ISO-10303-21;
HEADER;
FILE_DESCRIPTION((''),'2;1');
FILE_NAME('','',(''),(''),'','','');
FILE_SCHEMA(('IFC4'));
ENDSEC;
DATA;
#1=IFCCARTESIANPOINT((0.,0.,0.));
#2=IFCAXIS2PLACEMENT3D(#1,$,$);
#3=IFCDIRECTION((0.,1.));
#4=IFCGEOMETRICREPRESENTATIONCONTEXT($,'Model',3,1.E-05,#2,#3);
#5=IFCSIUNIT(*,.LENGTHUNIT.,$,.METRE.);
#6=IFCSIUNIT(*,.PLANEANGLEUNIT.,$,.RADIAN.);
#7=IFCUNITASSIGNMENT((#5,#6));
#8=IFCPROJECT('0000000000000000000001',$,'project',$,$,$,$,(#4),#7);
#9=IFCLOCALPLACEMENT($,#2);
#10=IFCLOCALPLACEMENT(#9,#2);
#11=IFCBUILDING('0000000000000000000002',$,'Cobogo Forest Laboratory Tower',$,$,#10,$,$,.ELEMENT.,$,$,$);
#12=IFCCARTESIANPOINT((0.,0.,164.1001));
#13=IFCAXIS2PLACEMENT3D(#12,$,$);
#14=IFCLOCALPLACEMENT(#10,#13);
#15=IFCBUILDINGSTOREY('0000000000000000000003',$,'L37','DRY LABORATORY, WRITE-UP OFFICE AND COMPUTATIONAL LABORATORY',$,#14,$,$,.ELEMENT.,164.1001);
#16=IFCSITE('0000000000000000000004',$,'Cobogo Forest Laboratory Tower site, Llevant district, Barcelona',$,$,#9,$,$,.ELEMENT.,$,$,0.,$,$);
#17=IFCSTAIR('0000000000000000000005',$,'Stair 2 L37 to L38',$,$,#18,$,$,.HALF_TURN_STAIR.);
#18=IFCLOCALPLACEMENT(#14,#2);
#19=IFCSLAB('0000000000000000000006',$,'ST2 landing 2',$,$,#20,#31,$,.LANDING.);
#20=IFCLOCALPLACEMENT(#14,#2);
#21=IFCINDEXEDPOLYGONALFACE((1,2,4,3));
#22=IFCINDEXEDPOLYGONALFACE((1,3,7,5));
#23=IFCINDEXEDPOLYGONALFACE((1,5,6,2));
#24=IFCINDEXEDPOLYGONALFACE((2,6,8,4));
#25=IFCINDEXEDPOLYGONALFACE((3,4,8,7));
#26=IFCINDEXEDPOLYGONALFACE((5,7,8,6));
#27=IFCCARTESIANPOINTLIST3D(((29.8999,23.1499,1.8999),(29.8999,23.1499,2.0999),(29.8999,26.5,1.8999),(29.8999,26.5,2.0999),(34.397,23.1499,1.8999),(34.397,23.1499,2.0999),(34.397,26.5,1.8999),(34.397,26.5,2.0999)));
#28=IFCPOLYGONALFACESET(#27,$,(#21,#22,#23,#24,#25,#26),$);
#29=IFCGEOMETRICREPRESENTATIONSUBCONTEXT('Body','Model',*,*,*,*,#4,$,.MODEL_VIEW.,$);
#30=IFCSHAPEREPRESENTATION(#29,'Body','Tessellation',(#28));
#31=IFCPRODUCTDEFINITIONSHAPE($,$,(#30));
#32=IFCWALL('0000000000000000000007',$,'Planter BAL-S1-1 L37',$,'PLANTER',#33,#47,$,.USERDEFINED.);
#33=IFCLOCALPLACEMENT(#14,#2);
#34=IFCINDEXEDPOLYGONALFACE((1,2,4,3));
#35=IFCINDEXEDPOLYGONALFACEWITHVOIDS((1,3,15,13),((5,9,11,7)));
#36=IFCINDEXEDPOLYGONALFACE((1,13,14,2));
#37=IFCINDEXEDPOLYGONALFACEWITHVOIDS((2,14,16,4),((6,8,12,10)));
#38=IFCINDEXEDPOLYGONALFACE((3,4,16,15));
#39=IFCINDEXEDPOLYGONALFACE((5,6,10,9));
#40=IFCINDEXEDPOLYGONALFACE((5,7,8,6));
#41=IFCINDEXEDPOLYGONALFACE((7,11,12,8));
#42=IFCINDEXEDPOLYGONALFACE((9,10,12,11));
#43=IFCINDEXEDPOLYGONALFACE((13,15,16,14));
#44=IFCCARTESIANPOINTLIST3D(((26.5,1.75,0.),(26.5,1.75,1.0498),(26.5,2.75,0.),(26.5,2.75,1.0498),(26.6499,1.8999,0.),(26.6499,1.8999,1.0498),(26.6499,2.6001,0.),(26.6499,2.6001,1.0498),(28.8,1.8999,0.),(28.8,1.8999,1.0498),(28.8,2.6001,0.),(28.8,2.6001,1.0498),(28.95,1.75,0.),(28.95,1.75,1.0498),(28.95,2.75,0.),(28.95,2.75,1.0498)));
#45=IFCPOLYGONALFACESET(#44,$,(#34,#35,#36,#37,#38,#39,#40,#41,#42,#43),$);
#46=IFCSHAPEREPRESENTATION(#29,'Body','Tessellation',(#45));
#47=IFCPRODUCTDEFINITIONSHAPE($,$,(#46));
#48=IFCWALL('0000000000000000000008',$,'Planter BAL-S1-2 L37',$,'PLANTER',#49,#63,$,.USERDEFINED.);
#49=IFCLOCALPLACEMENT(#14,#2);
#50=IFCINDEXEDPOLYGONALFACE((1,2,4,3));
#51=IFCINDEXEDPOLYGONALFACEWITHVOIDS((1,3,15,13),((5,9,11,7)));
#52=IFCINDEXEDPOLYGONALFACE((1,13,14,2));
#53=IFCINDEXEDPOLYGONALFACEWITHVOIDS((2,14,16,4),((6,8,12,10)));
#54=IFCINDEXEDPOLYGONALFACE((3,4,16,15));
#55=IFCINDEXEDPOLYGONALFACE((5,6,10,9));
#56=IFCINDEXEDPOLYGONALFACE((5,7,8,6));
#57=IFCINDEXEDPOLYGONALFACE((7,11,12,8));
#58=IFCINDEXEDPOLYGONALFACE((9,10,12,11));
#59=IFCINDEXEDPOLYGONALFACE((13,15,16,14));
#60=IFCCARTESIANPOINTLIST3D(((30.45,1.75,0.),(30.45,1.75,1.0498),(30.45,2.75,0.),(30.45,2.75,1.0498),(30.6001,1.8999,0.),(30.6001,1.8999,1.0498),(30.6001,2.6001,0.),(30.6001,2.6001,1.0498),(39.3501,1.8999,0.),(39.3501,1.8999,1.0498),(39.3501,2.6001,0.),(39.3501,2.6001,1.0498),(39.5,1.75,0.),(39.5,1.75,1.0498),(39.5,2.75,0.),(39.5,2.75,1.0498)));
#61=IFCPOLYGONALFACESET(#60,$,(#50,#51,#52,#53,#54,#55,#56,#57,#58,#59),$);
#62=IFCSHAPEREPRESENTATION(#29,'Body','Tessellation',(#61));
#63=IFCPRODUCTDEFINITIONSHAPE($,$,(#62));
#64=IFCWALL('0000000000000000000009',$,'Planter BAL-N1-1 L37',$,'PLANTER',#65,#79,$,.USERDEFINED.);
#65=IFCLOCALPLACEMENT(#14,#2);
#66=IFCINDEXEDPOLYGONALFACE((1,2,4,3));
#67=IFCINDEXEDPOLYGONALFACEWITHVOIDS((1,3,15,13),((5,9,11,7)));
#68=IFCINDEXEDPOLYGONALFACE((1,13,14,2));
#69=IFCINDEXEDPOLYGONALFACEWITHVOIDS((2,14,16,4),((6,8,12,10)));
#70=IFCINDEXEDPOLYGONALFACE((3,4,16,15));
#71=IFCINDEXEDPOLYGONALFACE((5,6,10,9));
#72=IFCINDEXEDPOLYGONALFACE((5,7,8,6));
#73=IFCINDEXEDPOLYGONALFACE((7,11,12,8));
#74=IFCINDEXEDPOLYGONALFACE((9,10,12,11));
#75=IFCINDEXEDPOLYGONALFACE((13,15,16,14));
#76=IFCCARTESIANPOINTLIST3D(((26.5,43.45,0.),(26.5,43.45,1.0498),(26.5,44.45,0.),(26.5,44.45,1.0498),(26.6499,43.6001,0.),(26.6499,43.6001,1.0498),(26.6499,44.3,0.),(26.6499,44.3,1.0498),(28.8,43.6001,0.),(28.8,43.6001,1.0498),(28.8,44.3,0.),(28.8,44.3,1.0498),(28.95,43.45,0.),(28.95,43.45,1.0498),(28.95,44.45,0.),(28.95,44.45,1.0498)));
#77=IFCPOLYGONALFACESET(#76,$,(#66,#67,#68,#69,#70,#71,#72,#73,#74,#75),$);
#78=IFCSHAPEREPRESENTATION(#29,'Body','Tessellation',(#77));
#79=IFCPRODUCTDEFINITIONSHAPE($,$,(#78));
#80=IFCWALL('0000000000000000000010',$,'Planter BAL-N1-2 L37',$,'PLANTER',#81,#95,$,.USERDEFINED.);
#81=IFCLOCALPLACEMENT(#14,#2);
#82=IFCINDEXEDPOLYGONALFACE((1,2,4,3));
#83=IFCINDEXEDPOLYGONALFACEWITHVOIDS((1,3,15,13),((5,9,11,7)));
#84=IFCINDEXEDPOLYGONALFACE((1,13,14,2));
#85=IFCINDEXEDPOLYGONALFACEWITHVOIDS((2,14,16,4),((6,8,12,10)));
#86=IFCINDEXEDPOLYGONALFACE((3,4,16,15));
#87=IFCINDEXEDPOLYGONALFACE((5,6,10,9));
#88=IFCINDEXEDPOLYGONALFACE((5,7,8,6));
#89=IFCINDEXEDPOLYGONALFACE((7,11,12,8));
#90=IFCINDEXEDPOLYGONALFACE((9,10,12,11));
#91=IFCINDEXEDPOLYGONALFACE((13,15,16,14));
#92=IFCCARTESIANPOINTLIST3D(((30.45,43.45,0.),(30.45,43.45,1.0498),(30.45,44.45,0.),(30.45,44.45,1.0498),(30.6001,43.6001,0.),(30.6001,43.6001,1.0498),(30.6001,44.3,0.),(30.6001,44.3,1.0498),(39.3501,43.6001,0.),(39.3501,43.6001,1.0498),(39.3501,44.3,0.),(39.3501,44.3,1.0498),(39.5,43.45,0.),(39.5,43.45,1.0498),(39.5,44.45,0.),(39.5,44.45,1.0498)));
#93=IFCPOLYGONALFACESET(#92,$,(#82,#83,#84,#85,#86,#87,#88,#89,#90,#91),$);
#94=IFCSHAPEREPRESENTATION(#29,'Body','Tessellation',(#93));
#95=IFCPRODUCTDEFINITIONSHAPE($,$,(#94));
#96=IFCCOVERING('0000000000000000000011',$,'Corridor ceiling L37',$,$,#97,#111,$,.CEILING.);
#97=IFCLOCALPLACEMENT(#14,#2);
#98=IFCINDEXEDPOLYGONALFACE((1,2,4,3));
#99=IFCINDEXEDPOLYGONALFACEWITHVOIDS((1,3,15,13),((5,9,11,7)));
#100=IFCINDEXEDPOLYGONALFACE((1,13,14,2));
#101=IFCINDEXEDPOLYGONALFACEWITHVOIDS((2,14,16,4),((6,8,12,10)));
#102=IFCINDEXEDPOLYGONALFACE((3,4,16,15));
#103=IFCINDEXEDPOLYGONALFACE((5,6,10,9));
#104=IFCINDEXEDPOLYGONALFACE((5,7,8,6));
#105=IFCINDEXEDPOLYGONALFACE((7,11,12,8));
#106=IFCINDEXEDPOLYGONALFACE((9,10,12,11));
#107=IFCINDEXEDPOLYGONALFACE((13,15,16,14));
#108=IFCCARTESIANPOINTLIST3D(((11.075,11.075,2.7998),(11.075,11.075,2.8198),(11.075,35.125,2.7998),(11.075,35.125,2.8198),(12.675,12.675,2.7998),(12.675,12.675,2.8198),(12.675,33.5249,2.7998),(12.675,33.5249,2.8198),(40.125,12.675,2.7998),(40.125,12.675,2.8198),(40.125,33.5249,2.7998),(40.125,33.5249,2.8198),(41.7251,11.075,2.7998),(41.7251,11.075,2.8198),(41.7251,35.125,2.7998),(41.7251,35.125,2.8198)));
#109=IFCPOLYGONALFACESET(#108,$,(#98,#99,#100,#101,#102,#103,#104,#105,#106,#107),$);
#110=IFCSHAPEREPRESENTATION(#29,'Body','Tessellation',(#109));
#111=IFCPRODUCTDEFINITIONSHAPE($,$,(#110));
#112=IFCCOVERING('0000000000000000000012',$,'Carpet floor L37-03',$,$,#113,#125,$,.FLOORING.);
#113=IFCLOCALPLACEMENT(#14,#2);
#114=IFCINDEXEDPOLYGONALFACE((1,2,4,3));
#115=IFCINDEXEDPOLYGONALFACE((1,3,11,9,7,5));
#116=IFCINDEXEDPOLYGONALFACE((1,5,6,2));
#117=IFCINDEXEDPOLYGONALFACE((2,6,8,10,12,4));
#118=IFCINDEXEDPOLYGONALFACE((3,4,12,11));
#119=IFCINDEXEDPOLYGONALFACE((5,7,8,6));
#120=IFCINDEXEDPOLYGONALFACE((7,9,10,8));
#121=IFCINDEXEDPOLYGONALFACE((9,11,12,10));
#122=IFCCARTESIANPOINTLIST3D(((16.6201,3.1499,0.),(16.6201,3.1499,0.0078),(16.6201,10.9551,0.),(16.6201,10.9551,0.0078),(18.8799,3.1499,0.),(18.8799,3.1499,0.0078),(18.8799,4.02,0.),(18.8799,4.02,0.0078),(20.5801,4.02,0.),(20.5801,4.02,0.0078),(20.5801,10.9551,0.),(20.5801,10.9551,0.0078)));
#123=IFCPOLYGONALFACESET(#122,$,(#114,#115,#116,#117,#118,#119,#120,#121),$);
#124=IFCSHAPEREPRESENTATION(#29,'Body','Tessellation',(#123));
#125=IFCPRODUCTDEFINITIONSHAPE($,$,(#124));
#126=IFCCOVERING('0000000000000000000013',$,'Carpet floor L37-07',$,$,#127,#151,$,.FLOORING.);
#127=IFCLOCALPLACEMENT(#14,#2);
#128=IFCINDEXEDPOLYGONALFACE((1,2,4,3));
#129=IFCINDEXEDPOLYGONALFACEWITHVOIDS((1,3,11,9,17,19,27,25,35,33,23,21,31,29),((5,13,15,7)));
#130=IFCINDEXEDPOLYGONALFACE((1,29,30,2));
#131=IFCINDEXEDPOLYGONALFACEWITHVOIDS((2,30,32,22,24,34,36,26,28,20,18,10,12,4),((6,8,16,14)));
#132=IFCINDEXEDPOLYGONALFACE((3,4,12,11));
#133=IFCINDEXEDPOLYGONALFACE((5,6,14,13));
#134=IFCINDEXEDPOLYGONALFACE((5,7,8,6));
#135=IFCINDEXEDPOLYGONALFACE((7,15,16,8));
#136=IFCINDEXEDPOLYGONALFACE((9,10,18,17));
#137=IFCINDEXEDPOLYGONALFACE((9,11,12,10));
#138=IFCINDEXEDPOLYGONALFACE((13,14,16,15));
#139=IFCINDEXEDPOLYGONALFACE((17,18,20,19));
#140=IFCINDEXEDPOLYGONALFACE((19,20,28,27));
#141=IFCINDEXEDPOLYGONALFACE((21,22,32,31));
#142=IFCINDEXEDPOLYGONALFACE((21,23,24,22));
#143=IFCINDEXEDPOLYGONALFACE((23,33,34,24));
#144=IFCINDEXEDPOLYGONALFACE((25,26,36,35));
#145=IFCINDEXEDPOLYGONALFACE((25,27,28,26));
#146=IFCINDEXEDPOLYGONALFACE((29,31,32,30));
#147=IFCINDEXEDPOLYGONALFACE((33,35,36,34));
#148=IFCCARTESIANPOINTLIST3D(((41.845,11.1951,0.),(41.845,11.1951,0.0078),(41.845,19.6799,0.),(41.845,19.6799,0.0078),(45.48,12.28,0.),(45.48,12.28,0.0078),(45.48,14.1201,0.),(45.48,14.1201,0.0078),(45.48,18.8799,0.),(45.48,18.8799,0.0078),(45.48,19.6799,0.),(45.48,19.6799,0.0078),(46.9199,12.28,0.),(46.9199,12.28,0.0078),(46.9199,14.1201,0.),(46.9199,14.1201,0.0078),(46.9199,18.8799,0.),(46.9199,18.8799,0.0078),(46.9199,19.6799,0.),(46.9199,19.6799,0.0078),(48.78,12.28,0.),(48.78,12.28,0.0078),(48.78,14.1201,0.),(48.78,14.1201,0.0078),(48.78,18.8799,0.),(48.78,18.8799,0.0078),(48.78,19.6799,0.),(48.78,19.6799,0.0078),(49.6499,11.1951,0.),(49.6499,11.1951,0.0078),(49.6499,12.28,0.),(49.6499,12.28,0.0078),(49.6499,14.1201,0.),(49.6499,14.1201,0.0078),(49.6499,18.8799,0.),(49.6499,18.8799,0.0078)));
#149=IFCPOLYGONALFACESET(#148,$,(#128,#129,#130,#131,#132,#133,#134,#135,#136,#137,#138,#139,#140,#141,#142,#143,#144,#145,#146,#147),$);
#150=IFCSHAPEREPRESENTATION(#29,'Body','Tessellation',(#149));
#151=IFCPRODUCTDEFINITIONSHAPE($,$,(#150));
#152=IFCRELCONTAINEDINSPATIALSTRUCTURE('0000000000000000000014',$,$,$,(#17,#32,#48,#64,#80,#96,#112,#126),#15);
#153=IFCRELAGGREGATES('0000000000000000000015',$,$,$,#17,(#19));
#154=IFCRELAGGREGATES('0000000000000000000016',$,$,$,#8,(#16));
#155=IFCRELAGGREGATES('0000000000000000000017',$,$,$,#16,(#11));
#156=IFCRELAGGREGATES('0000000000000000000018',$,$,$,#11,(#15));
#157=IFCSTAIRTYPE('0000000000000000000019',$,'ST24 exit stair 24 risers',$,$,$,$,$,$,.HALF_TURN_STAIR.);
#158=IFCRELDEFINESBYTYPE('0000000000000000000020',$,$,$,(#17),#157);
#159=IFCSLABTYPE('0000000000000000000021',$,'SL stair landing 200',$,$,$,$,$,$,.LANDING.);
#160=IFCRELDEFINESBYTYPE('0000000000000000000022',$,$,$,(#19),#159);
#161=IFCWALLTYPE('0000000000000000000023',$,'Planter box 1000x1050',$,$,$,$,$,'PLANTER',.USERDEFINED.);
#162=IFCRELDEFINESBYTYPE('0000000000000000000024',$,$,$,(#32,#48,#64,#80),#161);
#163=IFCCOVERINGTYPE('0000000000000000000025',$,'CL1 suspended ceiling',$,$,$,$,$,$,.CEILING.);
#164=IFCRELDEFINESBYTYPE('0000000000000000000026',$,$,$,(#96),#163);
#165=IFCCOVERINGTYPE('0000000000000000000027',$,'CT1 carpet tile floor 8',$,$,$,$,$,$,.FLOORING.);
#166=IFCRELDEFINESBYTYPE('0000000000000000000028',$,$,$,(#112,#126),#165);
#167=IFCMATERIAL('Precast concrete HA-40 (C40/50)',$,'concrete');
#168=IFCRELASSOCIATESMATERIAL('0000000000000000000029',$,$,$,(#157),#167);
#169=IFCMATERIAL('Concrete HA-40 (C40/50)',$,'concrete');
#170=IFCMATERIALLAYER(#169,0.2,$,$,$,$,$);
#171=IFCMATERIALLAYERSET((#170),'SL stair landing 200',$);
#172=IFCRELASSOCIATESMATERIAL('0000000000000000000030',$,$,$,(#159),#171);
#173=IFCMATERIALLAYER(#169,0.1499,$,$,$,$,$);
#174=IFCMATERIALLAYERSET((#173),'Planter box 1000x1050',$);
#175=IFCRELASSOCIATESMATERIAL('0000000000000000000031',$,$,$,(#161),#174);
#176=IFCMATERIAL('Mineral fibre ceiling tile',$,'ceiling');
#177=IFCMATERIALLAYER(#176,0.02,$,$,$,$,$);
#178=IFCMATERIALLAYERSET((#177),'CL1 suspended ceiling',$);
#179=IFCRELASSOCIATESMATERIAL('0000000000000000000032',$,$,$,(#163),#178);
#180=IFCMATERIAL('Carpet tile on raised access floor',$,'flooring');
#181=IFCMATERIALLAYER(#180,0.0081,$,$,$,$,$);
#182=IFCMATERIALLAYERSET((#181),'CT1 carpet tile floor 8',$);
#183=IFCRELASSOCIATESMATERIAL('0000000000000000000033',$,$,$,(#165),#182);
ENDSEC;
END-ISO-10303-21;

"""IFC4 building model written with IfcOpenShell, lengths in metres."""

from ifc_helpers import new_model, si_unit, direction, frame, origin, place, context, subcontext, project, spatial, polyline, outline, extrude, material, layer, layer_set, type_object, element, aggregate, save


model = new_model("IFC4")

# Units and contexts
model_context = context("Model", 3, precision=1e-05, world=origin(), true_north=direction((0.0, 1.0)))
body_context = subcontext(model_context, "Body", "Model", "MODEL_VIEW")
ifc_project = project(units=[si_unit("LENGTHUNIT", "METRE"), si_unit("PLANEANGLEUNIT", "RADIAN")], contexts=[model_context])

# Site, building, storey
site_placement = place(None, origin())
site = spatial("IfcSite", under=ifc_project, at=site_placement, Name="Cobogo Forest Laboratory Tower site, Llevant district, Barcelona", CompositionType="ELEMENT", RefElevation=0.0)
building_placement = place(site_placement, origin())
building = spatial("IfcBuilding", under=site, at=building_placement, Name="Cobogo Forest Laboratory Tower", CompositionType="ELEMENT")
storey_placement = place(building_placement, frame((0.0, 0.0, 164.1001)))
storey = spatial("IfcBuildingStorey", under=building, at=storey_placement, Name="L37", Description="DRY LABORATORY, WRITE-UP OFFICE AND COMPUTATIONAL LABORATORY", CompositionType="ELEMENT", Elevation=164.1001)

# Shared definitions
ifc_material_1 = material(Name="Concrete HA-40 (C40/50)", Category="concrete")

# Stair, slab
ifc_material_2 = material(Name="Precast concrete HA-40 (C40/50)", Category="concrete")
stair_type = type_object("IfcStairType", Name="ST24 exit stair 24 risers", PredefinedType="HALF_TURN_STAIR", material=ifc_material_2)
ifc_layer_1 = layer(ifc_material_1, 0.2)
ifc_layer_set_1 = layer_set([ifc_layer_1], Name="SL stair landing 200")
slab_type_1 = type_object("IfcSlabType", Name="SL stair landing 200", PredefinedType="LANDING", material=ifc_layer_set_1)
stair_1_placement = place(storey_placement, origin())
stair_1 = element("IfcStair", 1, at=stair_1_placement, inside=storey, type_object=stair_type, Name="Stair 2 L37 to L38", PredefinedType="HALF_TURN_STAIR")
slab_1_placement = place(storey_placement, frame((0.0, 0.0, 1.8999)))
slab_1 = element("IfcSlab", 2, at=slab_1_placement, type_object=slab_type_1, Name="ST2 landing 2", PredefinedType="LANDING", context=body_context, shape_type="SweptSolid", body=[
    extrude(outline(polyline([(29.8999, 23.1499), (34.397, 23.1499), (34.397, 26.5), (29.8999, 26.5), (29.8999, 23.1499)])), origin(), (0.0, 0.0, 1.0), 0.2),
])
aggregate(stair_1, [slab_1])

# Walls
ifc_layer_2 = layer(ifc_material_1, 0.1499)
ifc_layer_set_2 = layer_set([ifc_layer_2], Name="Planter box 1000x1050")
wall_type = type_object("IfcWallType", Name="Planter box 1000x1050", ElementType="PLANTER", PredefinedType="USERDEFINED", material=ifc_layer_set_2)
wall_1_placement = place(storey_placement, origin())
element("IfcWall", 3, at=wall_1_placement, inside=storey, type_object=wall_type, Name="Planter BAL-S1-1 L37", ObjectType="PLANTER", PredefinedType="USERDEFINED", context=body_context, shape_type="SweptSolid", body=[
    extrude(outline(polyline([(26.5, 1.75), (28.95, 1.75), (28.95, 2.75), (26.5, 2.75), (26.5, 1.75)]), holes=[polyline([(26.6499, 1.8999), (28.8, 1.8999), (28.8, 2.6001), (26.6499, 2.6001), (26.6499, 1.8999)])]), origin(), (0.0, 0.0, 1.0), 1.0498),
])
wall_2_placement = place(storey_placement, origin())
element("IfcWall", 4, at=wall_2_placement, inside=storey, type_object=wall_type, Name="Planter BAL-S1-2 L37", ObjectType="PLANTER", PredefinedType="USERDEFINED", context=body_context, shape_type="SweptSolid", body=[
    extrude(outline(polyline([(30.45, 1.75), (39.5, 1.75), (39.5, 2.75), (30.45, 2.75), (30.45, 1.75)]), holes=[polyline([(30.6001, 1.8999), (39.3501, 1.8999), (39.3501, 2.6001), (30.6001, 2.6001), (30.6001, 1.8999)])]), origin(), (0.0, 0.0, 1.0), 1.0498),
])
wall_3_placement = place(storey_placement, origin())
element("IfcWall", 5, at=wall_3_placement, inside=storey, type_object=wall_type, Name="Planter BAL-N1-1 L37", ObjectType="PLANTER", PredefinedType="USERDEFINED", context=body_context, shape_type="SweptSolid", body=[
    extrude(outline(polyline([(26.5, 43.45), (28.95, 43.45), (28.95, 44.45), (26.5, 44.45), (26.5, 43.45)]), holes=[polyline([(26.6499, 43.6001), (28.8, 43.6001), (28.8, 44.3), (26.6499, 44.3), (26.6499, 43.6001)])]), origin(), (0.0, 0.0, 1.0), 1.0498),
])
wall_4_placement = place(storey_placement, origin())
element("IfcWall", 6, at=wall_4_placement, inside=storey, type_object=wall_type, Name="Planter BAL-N1-2 L37", ObjectType="PLANTER", PredefinedType="USERDEFINED", context=body_context, shape_type="SweptSolid", body=[
    extrude(outline(polyline([(30.45, 43.45), (39.5, 43.45), (39.5, 44.45), (30.45, 44.45), (30.45, 43.45)]), holes=[polyline([(30.6001, 43.6001), (39.3501, 43.6001), (39.3501, 44.3), (30.6001, 44.3), (30.6001, 43.6001)])]), origin(), (0.0, 0.0, 1.0), 1.0498),
])

# Coverings
ifc_material_3 = material(Name="Mineral fibre ceiling tile", Category="ceiling")
ifc_layer_3 = layer(ifc_material_3, 0.02)
ifc_layer_set_3 = layer_set([ifc_layer_3], Name="CL1 suspended ceiling")
covering_type_1 = type_object("IfcCoveringType", Name="CL1 suspended ceiling", PredefinedType="CEILING", material=ifc_layer_set_3)
covering_1_placement = place(storey_placement, frame((0.0, 0.0, 2.7998)))
element("IfcCovering", 7, at=covering_1_placement, inside=storey, type_object=covering_type_1, Name="Corridor ceiling L37", PredefinedType="CEILING", context=body_context, shape_type="SweptSolid", body=[
    extrude(outline(polyline([(11.075, 11.075), (11.075, 35.125), (41.7251, 35.125), (41.7251, 11.075), (11.075, 11.075)]), holes=[polyline([(40.125, 33.5249), (12.675, 33.5249), (12.675, 12.675), (40.125, 12.675), (40.125, 33.5249)])]), origin(), (0.0, 0.0, 1.0), 0.02),
])
ifc_material_4 = material(Name="Carpet tile on raised access floor", Category="flooring")
ifc_layer_4 = layer(ifc_material_4, 0.0081)
ifc_layer_set_4 = layer_set([ifc_layer_4], Name="CT1 carpet tile floor 8")
covering_type_2 = type_object("IfcCoveringType", Name="CT1 carpet tile floor 8", PredefinedType="FLOORING", material=ifc_layer_set_4)
covering_2_placement = place(storey_placement, origin())
element("IfcCovering", 8, at=covering_2_placement, inside=storey, type_object=covering_type_2, Name="Carpet floor L37-03", PredefinedType="FLOORING", context=body_context, shape_type="SweptSolid", body=[
    extrude(outline(polyline([(20.5801, 4.02), (18.8799, 4.02), (18.8799, 3.1499), (16.6201, 3.1499), (16.6201, 10.9551), (20.5801, 10.9551), (20.5801, 4.02)])), origin(), (0.0, 0.0, 1.0), 0.0078),
])
covering_3_placement = place(storey_placement, origin())
element("IfcCovering", 9, at=covering_3_placement, inside=storey, type_object=covering_type_2, Name="Carpet floor L37-07", PredefinedType="FLOORING", context=body_context, shape_type="SweptSolid", body=[
    extrude(outline(polyline([(41.845, 19.6799), (45.48, 19.6799), (45.48, 18.8799), (46.9199, 18.8799), (46.9199, 19.6799), (48.78, 19.6799), (48.78, 18.8799), (49.6499, 18.8799), (49.6499, 14.1201), (48.78, 14.1201), (48.78, 12.28), (49.6499, 12.28), (49.6499, 11.1951), (41.845, 11.1951), (41.845, 19.6799)]), holes=[polyline([(46.9199, 12.28), (46.9199, 14.1201), (45.48, 14.1201), (45.48, 12.28), (46.9199, 12.28)])]), origin(), (0.0, 0.0, 1.0), 0.0078),
])

save(model, "model.ifc")
